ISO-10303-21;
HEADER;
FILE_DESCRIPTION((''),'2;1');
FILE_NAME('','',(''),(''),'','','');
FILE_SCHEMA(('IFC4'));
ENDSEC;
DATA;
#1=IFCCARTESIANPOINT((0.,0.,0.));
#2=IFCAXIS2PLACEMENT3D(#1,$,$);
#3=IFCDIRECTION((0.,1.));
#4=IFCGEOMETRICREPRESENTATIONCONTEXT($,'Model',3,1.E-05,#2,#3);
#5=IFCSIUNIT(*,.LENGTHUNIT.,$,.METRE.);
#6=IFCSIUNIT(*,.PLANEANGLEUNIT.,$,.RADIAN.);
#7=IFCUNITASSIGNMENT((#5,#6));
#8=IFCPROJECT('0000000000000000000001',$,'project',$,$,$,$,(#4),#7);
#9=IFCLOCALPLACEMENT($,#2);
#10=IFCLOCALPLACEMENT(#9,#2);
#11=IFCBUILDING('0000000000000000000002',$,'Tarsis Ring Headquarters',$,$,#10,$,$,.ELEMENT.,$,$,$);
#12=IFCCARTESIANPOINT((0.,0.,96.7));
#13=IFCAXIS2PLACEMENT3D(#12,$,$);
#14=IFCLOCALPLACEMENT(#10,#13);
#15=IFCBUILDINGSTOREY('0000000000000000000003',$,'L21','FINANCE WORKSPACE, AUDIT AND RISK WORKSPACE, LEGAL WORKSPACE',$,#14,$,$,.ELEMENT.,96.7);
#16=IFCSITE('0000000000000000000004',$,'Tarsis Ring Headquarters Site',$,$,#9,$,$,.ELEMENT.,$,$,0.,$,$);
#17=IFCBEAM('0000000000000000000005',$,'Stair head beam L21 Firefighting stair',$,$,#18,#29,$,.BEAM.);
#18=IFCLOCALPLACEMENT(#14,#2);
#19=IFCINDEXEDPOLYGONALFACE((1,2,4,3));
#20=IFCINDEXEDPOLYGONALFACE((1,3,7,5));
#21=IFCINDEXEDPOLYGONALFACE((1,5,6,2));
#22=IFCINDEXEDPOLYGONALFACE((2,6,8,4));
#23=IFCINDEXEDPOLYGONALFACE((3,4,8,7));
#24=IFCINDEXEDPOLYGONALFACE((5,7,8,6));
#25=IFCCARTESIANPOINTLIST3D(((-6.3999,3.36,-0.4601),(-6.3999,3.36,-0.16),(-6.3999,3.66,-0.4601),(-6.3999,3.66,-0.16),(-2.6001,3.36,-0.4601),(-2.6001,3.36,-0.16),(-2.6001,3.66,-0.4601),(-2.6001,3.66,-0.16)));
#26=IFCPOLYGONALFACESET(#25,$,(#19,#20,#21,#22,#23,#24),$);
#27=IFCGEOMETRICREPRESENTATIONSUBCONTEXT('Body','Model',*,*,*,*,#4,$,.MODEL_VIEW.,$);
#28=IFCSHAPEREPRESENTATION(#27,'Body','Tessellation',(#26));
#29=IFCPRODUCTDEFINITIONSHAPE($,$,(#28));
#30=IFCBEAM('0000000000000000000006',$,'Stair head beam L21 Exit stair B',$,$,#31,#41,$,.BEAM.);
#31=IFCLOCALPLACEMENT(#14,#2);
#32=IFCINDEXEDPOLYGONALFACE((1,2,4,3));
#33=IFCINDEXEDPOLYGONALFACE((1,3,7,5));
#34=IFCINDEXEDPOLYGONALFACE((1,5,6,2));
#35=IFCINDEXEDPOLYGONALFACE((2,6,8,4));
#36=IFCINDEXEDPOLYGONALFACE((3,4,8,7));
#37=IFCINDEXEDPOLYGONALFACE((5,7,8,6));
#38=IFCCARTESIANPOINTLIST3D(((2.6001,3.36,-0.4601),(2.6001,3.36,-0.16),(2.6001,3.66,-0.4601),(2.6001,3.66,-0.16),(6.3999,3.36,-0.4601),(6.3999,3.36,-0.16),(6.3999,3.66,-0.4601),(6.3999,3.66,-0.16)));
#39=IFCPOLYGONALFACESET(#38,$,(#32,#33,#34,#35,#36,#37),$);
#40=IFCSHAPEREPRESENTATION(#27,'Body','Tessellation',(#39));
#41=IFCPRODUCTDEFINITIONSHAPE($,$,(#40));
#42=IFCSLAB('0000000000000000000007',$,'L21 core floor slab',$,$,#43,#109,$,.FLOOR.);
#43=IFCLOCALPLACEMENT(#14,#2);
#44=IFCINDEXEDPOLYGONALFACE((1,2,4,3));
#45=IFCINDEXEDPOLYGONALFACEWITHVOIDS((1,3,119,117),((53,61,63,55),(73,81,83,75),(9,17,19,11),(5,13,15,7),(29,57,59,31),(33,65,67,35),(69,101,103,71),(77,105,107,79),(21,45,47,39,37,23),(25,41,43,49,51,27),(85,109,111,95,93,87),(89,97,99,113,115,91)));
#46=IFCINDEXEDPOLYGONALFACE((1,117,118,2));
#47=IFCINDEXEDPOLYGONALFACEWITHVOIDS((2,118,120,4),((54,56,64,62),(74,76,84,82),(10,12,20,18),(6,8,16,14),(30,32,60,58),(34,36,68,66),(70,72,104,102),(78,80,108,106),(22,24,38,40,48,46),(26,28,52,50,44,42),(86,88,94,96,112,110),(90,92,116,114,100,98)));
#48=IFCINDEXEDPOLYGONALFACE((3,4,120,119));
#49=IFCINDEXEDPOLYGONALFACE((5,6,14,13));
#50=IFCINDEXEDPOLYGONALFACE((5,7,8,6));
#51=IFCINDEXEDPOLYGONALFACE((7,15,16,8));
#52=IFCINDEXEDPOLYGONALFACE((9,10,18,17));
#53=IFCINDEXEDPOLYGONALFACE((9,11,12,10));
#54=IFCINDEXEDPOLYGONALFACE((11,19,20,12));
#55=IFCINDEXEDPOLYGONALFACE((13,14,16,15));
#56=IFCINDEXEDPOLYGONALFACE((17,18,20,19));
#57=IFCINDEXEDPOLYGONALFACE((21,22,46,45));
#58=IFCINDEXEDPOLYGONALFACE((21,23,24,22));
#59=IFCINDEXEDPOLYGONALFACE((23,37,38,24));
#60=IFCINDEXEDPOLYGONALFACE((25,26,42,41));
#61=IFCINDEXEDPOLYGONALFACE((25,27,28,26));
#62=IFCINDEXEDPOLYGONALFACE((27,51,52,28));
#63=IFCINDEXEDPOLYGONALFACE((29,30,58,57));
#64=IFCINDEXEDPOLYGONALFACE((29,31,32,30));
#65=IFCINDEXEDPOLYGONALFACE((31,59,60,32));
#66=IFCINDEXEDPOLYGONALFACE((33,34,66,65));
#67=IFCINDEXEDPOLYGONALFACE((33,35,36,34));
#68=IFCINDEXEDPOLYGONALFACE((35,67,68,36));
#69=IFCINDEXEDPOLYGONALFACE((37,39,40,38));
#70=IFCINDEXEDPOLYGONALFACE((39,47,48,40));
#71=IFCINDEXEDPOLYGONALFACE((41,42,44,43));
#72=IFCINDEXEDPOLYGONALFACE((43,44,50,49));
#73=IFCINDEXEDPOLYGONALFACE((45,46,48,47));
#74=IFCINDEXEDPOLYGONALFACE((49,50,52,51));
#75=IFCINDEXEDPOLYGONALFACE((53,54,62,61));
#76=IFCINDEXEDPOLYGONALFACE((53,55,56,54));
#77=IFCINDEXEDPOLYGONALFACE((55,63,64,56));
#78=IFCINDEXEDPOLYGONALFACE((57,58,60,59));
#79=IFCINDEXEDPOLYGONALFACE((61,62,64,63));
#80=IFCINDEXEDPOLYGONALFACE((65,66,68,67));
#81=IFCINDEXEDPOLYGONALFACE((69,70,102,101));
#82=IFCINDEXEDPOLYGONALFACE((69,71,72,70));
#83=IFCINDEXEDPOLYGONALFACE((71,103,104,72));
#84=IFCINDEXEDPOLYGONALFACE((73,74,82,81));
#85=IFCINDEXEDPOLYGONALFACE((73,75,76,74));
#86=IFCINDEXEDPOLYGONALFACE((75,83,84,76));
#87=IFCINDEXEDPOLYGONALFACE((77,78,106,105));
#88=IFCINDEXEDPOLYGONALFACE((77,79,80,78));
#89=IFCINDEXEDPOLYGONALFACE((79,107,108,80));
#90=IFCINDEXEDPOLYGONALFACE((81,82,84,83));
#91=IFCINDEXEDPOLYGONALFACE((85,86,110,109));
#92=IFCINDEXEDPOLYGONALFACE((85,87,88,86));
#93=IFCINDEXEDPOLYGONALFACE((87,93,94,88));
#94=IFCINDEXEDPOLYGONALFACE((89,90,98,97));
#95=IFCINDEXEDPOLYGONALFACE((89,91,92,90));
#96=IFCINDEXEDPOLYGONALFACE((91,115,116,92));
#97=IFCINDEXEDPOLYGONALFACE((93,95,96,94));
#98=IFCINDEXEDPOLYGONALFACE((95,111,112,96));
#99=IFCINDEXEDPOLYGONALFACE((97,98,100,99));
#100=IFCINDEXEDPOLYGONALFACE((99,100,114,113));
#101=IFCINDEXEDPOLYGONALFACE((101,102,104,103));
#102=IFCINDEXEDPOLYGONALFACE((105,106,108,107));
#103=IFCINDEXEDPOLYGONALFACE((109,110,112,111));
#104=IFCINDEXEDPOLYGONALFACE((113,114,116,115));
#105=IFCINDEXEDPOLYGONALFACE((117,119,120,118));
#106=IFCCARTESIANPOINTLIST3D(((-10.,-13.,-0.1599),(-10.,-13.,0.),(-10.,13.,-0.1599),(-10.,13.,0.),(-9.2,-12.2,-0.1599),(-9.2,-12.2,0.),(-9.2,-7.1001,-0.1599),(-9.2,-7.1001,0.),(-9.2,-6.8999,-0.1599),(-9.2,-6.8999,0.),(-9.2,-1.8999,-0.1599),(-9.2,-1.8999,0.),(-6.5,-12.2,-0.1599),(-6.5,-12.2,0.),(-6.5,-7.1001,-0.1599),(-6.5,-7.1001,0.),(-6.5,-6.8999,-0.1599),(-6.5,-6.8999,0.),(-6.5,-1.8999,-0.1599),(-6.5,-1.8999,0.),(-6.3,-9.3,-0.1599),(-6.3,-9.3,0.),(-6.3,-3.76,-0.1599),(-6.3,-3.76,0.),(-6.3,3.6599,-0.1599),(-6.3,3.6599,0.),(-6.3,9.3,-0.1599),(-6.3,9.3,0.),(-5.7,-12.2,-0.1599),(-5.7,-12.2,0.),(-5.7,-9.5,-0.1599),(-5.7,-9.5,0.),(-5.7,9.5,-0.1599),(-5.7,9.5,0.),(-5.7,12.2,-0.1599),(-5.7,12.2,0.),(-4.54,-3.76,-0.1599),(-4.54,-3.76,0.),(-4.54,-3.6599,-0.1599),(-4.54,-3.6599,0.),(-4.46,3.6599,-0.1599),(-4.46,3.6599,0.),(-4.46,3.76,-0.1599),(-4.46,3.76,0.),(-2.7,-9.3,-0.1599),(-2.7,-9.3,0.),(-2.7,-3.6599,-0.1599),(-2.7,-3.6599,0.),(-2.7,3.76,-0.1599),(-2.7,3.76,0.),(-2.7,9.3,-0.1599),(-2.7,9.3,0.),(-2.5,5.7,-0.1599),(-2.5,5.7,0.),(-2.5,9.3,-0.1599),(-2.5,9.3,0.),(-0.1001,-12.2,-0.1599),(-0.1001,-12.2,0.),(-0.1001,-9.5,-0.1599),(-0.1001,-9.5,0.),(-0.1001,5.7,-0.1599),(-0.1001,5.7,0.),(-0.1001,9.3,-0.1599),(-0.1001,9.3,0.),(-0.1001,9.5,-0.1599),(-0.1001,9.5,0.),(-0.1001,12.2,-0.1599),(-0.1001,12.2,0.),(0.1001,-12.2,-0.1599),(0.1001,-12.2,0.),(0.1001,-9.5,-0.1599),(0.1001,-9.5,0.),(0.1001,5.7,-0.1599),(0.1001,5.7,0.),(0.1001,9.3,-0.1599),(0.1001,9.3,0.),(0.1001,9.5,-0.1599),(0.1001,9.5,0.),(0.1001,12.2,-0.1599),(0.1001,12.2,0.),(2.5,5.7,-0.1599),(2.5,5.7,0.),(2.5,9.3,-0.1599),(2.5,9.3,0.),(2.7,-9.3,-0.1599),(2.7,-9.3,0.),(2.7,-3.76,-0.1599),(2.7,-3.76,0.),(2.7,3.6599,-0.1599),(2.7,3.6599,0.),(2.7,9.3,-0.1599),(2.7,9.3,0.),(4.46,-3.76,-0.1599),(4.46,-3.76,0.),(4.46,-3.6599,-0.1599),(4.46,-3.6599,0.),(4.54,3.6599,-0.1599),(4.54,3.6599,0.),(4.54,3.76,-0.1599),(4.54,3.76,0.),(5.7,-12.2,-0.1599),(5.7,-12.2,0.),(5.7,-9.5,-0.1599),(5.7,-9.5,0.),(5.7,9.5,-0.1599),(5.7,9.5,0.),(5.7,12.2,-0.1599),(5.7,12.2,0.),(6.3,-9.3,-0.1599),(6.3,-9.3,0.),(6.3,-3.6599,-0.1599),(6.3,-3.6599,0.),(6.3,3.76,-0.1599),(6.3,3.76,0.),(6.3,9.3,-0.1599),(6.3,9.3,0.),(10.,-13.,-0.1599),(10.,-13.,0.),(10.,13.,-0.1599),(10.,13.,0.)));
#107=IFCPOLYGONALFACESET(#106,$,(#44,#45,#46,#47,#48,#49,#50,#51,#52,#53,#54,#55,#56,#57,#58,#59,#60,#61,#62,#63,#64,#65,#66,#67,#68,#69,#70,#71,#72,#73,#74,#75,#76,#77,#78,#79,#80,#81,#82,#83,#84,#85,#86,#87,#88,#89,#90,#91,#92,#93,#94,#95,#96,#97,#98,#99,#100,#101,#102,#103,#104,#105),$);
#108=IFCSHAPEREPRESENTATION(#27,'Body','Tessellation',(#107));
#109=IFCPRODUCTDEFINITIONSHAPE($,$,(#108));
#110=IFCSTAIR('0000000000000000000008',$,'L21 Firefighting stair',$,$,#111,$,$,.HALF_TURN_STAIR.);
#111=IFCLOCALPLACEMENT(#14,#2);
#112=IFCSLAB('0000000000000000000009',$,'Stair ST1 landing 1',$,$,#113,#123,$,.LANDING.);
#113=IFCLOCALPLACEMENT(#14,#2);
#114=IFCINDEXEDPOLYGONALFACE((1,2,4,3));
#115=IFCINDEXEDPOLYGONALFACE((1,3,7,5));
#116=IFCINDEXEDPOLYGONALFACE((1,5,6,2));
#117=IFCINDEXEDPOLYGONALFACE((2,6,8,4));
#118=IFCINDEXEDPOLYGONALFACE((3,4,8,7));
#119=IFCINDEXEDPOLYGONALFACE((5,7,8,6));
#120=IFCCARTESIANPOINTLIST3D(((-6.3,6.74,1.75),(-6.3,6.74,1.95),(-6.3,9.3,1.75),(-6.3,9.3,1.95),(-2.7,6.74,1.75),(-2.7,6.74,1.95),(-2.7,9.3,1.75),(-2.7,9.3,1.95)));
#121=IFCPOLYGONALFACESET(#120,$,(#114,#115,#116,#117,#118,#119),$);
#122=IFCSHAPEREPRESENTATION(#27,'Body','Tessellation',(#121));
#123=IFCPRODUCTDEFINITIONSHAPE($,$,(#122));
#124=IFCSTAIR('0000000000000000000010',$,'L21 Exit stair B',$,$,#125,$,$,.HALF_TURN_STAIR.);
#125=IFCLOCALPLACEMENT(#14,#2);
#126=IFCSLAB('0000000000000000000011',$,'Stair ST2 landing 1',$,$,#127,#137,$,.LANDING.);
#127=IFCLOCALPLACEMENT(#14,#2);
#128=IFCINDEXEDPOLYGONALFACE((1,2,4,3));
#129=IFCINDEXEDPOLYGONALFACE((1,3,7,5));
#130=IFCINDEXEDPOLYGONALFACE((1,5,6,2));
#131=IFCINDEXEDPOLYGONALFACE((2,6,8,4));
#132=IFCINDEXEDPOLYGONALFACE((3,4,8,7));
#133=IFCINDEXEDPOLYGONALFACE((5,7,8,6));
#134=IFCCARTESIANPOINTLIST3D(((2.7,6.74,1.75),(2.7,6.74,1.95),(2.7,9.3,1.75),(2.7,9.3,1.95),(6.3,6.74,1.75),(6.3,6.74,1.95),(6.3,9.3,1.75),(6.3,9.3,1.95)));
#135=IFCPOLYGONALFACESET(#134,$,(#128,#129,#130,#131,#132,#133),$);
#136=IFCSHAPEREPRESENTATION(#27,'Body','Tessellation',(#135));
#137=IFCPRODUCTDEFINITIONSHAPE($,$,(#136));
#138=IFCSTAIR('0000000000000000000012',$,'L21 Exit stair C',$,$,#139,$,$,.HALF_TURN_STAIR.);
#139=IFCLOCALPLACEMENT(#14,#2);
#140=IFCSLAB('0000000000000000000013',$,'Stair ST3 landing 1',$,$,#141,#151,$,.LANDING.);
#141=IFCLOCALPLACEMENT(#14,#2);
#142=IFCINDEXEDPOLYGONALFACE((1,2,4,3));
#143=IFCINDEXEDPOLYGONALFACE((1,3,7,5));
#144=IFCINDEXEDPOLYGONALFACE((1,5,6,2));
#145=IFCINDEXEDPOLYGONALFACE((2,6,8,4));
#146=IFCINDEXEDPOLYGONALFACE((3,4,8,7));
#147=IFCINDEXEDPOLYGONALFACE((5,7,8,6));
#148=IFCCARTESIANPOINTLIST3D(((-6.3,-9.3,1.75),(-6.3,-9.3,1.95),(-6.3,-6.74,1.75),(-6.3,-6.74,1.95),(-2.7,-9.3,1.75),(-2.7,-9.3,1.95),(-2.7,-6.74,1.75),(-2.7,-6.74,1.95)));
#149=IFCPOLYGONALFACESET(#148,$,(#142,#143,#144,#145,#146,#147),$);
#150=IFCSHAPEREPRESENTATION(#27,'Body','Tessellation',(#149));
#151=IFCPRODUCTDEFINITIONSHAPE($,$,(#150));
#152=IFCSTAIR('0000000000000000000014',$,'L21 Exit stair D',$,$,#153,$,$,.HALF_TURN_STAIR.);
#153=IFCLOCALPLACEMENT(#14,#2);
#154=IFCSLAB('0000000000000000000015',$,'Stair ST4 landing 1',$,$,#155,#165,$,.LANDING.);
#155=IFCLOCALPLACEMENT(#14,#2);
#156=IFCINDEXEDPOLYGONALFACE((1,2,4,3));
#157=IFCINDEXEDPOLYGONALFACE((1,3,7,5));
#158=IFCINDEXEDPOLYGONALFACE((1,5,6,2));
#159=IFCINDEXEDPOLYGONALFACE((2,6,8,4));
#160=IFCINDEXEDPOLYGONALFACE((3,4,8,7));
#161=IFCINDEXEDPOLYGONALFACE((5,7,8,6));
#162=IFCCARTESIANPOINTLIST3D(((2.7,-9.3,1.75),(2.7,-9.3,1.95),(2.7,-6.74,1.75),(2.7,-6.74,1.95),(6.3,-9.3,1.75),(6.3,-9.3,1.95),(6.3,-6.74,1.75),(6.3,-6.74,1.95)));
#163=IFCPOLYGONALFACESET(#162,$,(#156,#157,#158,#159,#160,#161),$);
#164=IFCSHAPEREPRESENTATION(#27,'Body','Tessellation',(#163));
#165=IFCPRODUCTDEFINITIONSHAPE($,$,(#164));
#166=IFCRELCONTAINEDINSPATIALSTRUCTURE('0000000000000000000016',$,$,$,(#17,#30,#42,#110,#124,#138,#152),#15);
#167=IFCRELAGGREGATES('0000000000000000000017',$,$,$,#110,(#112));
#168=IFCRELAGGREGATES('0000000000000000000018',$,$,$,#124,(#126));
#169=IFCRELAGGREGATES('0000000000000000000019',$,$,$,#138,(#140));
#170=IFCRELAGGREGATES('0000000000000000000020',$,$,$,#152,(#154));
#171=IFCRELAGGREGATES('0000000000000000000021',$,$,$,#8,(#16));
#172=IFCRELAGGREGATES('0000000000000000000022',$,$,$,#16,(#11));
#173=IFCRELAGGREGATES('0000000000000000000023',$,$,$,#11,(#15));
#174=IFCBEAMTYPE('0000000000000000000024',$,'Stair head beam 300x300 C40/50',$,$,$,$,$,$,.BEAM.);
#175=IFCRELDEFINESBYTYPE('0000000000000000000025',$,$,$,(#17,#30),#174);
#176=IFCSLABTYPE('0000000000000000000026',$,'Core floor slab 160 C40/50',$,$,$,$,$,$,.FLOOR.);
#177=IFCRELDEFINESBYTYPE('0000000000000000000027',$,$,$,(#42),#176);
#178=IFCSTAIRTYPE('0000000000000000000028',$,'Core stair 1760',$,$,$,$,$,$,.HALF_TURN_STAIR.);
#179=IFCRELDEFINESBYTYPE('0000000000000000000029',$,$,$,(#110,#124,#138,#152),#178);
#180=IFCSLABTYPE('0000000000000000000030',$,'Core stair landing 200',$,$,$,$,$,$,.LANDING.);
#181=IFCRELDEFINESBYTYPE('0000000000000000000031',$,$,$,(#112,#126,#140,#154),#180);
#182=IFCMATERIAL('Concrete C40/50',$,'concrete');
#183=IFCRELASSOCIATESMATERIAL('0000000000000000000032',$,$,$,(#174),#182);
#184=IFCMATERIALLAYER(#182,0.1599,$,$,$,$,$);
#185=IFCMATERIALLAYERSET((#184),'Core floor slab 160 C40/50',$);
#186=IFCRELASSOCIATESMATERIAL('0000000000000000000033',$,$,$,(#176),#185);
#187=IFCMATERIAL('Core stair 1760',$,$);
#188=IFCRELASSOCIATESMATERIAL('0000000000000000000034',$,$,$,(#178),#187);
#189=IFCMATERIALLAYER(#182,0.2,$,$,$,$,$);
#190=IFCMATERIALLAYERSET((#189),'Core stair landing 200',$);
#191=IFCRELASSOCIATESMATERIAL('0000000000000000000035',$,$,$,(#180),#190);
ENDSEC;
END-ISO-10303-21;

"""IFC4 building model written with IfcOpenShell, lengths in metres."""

from ifc_helpers import new_model, si_unit, direction, frame, origin, origin_2d, place, context, subcontext, project, spatial, polyline, rectangle, outline, extrude, material, layer, layer_set, material_profile, profile_set, type_object, element, aggregate, save


model = new_model("IFC4")

# Units and contexts
model_context = context("Model", 3, precision=1e-05, world=origin(), true_north=direction((0.0, 1.0)))
body_context = subcontext(model_context, "Body", "Model", "MODEL_VIEW")
ifc_project = project(units=[si_unit("LENGTHUNIT", "METRE"), si_unit("PLANEANGLEUNIT", "RADIAN")], contexts=[model_context])

# Site, building, storey
site_placement = place(None, origin())
site = spatial("IfcSite", under=ifc_project, at=site_placement, Name="Tarsis Ring Headquarters Site", CompositionType="ELEMENT", RefElevation=0.0)
building_placement = place(site_placement, origin())
building = spatial("IfcBuilding", under=site, at=building_placement, Name="Tarsis Ring Headquarters", CompositionType="ELEMENT")
storey_placement = place(building_placement, frame((0.0, 0.0, 96.7)))
storey = spatial("IfcBuildingStorey", under=building, at=storey_placement, Name="L21", Description="FINANCE WORKSPACE, AUDIT AND RISK WORKSPACE, LEGAL WORKSPACE", CompositionType="ELEMENT", Elevation=96.7)

# Beams
ifc_material_1 = material(Name="Concrete C40/50", Category="concrete")
ifc_material_profile = material_profile(ifc_material_1, rectangle(XDim=0.3, YDim=0.3, at=origin_2d()), Name="Stair head beam 300x300 C40/50")
ifc_profile_set = profile_set([ifc_material_profile], Name="Concrete C40/50")
beam_type = type_object("IfcBeamType", Name="Stair head beam 300x300 C40/50", PredefinedType="BEAM", material=ifc_profile_set)
for number, where, z_axis, x_axis, name in (
    (1, (-6.3999, 3.51, -0.3101), (1.0, 0.0, 0.0), (0.0, 1.0, 0.0), "Stair head beam L21 Firefighting stair"),
    (2, (2.6001, 3.51, -0.3101), (1.0, 0.0, 0.0), (0.0, 1.0, 0.0), "Stair head beam L21 Exit stair B"),
):
    element("IfcBeam", number, at=place(storey_placement, frame(where, z_axis=z_axis, x_axis=x_axis)), inside=storey, type_object=beam_type, Name=name, PredefinedType="BEAM", context=body_context, shape_type="SweptSolid", body=[
        extrude(rectangle(XDim=0.3, YDim=0.3, at=origin_2d()), origin(), (0.0, 0.0, 1.0), 3.7998),
    ])

# Slab
ifc_layer_1 = layer(ifc_material_1, 0.1599)
ifc_layer_set_1 = layer_set([ifc_layer_1], Name="Core floor slab 160 C40/50")
slab_type_1 = type_object("IfcSlabType", Name="Core floor slab 160 C40/50", PredefinedType="FLOOR", material=ifc_layer_set_1)
slab_1_placement = place(storey_placement, frame((0.0, 0.0, -0.1599)))
element("IfcSlab", 3, at=slab_1_placement, inside=storey, type_object=slab_type_1, Name="L21 core floor slab", PredefinedType="FLOOR", context=body_context, shape_type="SweptSolid", body=[
    extrude(outline(polyline([(-10.0, -13.0), (10.0, -13.0), (10.0, 13.0), (-10.0, 13.0), (-10.0, -13.0)]), holes=[polyline([(-2.5, 5.7), (-0.1001, 5.7), (-0.1001, 9.3), (-2.5, 9.3), (-2.5, 5.7)]), polyline([(0.1001, 5.7), (2.5, 5.7), (2.5, 9.3), (0.1001, 9.3), (0.1001, 5.7)]), polyline([(-9.2, -12.2), (-6.5, -12.2), (-6.5, -7.1001), (-9.2, -7.1001), (-9.2, -12.2)]), polyline([(-9.2, -6.8999), (-6.5, -6.8999), (-6.5, -1.8999), (-9.2, -1.8999), (-9.2, -6.8999)]), polyline([(-5.7, 9.5), (-0.1001, 9.5), (-0.1001, 12.2), (-5.7, 12.2), (-5.7, 9.5)]), polyline([(0.1001, 9.5), (5.7, 9.5), (5.7, 12.2), (0.1001, 12.2), (0.1001, 9.5)]), polyline([(-5.7, -12.2), (-0.1001, -12.2), (-0.1001, -9.5), (-5.7, -9.5), (-5.7, -12.2)]), polyline([(0.1001, -12.2), (5.7, -12.2), (5.7, -9.5), (0.1001, -9.5), (0.1001, -12.2)]), polyline([(-2.7, 3.76), (-2.7, 9.3), (-6.3, 9.3), (-6.3, 3.6599), (-4.46, 3.6599), (-4.46, 3.76), (-2.7, 3.76)]), polyline([(6.3, 3.76), (6.3, 9.3), (2.7, 9.3), (2.7, 3.6599), (4.54, 3.6599), (4.54, 3.76), (6.3, 3.76)]), polyline([(-6.3, -3.76), (-6.3, -9.3), (-2.7, -9.3), (-2.7, -3.6599), (-4.54, -3.6599), (-4.54, -3.76), (-6.3, -3.76)]), polyline([(2.7, -3.76), (2.7, -9.3), (6.3, -9.3), (6.3, -3.6599), (4.46, -3.6599), (4.46, -3.76), (2.7, -3.76)])]), origin(), (0.0, 0.0, 1.0), 0.1599),
])

# Stairs, slabs
ifc_material_2 = material(Name="Core stair 1760")
stair_type = type_object("IfcStairType", Name="Core stair 1760", PredefinedType="HALF_TURN_STAIR", material=ifc_material_2)
stair_1_placement = place(storey_placement, origin())
stair_1 = element("IfcStair", 4, at=stair_1_placement, inside=storey, type_object=stair_type, Name="L21 Firefighting stair", PredefinedType="HALF_TURN_STAIR")
ifc_layer_2 = layer(ifc_material_1, 0.2)
ifc_layer_set_2 = layer_set([ifc_layer_2], Name="Core stair landing 200")
slab_type_2 = type_object("IfcSlabType", Name="Core stair landing 200", PredefinedType="LANDING", material=ifc_layer_set_2)
slab_2_placement = place(storey_placement, frame((0.0, 0.0, 1.75)))
slab_2 = element("IfcSlab", 5, at=slab_2_placement, type_object=slab_type_2, Name="Stair ST1 landing 1", PredefinedType="LANDING", context=body_context, shape_type="SweptSolid", body=[
    extrude(outline(polyline([(-2.7, 6.74), (-2.7, 9.3), (-6.3, 9.3), (-6.3, 6.74), (-2.7, 6.74)])), origin(), (0.0, 0.0, 1.0), 0.2),
])
aggregate(stair_1, [slab_2])
stair_2_placement = place(storey_placement, origin())
stair_2 = element("IfcStair", 6, at=stair_2_placement, inside=storey, type_object=stair_type, Name="L21 Exit stair B", PredefinedType="HALF_TURN_STAIR")
slab_3_placement = place(storey_placement, frame((0.0, 0.0, 1.75)))
slab_3 = element("IfcSlab", 7, at=slab_3_placement, type_object=slab_type_2, Name="Stair ST2 landing 1", PredefinedType="LANDING", context=body_context, shape_type="SweptSolid", body=[
    extrude(outline(polyline([(6.3, 6.74), (6.3, 9.3), (2.7, 9.3), (2.7, 6.74), (6.3, 6.74)])), origin(), (0.0, 0.0, 1.0), 0.2),
])
aggregate(stair_2, [slab_3])
stair_3_placement = place(storey_placement, origin())
stair_3 = element("IfcStair", 8, at=stair_3_placement, inside=storey, type_object=stair_type, Name="L21 Exit stair C", PredefinedType="HALF_TURN_STAIR")
slab_4_placement = place(storey_placement, frame((0.0, 0.0, 1.75)))
slab_4 = element("IfcSlab", 9, at=slab_4_placement, type_object=slab_type_2, Name="Stair ST3 landing 1", PredefinedType="LANDING", context=body_context, shape_type="SweptSolid", body=[
    extrude(outline(polyline([(-6.3, -6.74), (-6.3, -9.3), (-2.7, -9.3), (-2.7, -6.74), (-6.3, -6.74)])), origin(), (0.0, 0.0, 1.0), 0.2),
])
aggregate(stair_3, [slab_4])
stair_4_placement = place(storey_placement, origin())
stair_4 = element("IfcStair", 10, at=stair_4_placement, inside=storey, type_object=stair_type, Name="L21 Exit stair D", PredefinedType="HALF_TURN_STAIR")
slab_5_placement = place(storey_placement, frame((0.0, 0.0, 1.75)))
slab_5 = element("IfcSlab", 11, at=slab_5_placement, type_object=slab_type_2, Name="Stair ST4 landing 1", PredefinedType="LANDING", context=body_context, shape_type="SweptSolid", body=[
    extrude(outline(polyline([(2.7, -6.74), (2.7, -9.3), (6.3, -9.3), (6.3, -6.74), (2.7, -6.74)])), origin(), (0.0, 0.0, 1.0), 0.2),
])
aggregate(stair_4, [slab_5])

save(model, "model.ifc")
